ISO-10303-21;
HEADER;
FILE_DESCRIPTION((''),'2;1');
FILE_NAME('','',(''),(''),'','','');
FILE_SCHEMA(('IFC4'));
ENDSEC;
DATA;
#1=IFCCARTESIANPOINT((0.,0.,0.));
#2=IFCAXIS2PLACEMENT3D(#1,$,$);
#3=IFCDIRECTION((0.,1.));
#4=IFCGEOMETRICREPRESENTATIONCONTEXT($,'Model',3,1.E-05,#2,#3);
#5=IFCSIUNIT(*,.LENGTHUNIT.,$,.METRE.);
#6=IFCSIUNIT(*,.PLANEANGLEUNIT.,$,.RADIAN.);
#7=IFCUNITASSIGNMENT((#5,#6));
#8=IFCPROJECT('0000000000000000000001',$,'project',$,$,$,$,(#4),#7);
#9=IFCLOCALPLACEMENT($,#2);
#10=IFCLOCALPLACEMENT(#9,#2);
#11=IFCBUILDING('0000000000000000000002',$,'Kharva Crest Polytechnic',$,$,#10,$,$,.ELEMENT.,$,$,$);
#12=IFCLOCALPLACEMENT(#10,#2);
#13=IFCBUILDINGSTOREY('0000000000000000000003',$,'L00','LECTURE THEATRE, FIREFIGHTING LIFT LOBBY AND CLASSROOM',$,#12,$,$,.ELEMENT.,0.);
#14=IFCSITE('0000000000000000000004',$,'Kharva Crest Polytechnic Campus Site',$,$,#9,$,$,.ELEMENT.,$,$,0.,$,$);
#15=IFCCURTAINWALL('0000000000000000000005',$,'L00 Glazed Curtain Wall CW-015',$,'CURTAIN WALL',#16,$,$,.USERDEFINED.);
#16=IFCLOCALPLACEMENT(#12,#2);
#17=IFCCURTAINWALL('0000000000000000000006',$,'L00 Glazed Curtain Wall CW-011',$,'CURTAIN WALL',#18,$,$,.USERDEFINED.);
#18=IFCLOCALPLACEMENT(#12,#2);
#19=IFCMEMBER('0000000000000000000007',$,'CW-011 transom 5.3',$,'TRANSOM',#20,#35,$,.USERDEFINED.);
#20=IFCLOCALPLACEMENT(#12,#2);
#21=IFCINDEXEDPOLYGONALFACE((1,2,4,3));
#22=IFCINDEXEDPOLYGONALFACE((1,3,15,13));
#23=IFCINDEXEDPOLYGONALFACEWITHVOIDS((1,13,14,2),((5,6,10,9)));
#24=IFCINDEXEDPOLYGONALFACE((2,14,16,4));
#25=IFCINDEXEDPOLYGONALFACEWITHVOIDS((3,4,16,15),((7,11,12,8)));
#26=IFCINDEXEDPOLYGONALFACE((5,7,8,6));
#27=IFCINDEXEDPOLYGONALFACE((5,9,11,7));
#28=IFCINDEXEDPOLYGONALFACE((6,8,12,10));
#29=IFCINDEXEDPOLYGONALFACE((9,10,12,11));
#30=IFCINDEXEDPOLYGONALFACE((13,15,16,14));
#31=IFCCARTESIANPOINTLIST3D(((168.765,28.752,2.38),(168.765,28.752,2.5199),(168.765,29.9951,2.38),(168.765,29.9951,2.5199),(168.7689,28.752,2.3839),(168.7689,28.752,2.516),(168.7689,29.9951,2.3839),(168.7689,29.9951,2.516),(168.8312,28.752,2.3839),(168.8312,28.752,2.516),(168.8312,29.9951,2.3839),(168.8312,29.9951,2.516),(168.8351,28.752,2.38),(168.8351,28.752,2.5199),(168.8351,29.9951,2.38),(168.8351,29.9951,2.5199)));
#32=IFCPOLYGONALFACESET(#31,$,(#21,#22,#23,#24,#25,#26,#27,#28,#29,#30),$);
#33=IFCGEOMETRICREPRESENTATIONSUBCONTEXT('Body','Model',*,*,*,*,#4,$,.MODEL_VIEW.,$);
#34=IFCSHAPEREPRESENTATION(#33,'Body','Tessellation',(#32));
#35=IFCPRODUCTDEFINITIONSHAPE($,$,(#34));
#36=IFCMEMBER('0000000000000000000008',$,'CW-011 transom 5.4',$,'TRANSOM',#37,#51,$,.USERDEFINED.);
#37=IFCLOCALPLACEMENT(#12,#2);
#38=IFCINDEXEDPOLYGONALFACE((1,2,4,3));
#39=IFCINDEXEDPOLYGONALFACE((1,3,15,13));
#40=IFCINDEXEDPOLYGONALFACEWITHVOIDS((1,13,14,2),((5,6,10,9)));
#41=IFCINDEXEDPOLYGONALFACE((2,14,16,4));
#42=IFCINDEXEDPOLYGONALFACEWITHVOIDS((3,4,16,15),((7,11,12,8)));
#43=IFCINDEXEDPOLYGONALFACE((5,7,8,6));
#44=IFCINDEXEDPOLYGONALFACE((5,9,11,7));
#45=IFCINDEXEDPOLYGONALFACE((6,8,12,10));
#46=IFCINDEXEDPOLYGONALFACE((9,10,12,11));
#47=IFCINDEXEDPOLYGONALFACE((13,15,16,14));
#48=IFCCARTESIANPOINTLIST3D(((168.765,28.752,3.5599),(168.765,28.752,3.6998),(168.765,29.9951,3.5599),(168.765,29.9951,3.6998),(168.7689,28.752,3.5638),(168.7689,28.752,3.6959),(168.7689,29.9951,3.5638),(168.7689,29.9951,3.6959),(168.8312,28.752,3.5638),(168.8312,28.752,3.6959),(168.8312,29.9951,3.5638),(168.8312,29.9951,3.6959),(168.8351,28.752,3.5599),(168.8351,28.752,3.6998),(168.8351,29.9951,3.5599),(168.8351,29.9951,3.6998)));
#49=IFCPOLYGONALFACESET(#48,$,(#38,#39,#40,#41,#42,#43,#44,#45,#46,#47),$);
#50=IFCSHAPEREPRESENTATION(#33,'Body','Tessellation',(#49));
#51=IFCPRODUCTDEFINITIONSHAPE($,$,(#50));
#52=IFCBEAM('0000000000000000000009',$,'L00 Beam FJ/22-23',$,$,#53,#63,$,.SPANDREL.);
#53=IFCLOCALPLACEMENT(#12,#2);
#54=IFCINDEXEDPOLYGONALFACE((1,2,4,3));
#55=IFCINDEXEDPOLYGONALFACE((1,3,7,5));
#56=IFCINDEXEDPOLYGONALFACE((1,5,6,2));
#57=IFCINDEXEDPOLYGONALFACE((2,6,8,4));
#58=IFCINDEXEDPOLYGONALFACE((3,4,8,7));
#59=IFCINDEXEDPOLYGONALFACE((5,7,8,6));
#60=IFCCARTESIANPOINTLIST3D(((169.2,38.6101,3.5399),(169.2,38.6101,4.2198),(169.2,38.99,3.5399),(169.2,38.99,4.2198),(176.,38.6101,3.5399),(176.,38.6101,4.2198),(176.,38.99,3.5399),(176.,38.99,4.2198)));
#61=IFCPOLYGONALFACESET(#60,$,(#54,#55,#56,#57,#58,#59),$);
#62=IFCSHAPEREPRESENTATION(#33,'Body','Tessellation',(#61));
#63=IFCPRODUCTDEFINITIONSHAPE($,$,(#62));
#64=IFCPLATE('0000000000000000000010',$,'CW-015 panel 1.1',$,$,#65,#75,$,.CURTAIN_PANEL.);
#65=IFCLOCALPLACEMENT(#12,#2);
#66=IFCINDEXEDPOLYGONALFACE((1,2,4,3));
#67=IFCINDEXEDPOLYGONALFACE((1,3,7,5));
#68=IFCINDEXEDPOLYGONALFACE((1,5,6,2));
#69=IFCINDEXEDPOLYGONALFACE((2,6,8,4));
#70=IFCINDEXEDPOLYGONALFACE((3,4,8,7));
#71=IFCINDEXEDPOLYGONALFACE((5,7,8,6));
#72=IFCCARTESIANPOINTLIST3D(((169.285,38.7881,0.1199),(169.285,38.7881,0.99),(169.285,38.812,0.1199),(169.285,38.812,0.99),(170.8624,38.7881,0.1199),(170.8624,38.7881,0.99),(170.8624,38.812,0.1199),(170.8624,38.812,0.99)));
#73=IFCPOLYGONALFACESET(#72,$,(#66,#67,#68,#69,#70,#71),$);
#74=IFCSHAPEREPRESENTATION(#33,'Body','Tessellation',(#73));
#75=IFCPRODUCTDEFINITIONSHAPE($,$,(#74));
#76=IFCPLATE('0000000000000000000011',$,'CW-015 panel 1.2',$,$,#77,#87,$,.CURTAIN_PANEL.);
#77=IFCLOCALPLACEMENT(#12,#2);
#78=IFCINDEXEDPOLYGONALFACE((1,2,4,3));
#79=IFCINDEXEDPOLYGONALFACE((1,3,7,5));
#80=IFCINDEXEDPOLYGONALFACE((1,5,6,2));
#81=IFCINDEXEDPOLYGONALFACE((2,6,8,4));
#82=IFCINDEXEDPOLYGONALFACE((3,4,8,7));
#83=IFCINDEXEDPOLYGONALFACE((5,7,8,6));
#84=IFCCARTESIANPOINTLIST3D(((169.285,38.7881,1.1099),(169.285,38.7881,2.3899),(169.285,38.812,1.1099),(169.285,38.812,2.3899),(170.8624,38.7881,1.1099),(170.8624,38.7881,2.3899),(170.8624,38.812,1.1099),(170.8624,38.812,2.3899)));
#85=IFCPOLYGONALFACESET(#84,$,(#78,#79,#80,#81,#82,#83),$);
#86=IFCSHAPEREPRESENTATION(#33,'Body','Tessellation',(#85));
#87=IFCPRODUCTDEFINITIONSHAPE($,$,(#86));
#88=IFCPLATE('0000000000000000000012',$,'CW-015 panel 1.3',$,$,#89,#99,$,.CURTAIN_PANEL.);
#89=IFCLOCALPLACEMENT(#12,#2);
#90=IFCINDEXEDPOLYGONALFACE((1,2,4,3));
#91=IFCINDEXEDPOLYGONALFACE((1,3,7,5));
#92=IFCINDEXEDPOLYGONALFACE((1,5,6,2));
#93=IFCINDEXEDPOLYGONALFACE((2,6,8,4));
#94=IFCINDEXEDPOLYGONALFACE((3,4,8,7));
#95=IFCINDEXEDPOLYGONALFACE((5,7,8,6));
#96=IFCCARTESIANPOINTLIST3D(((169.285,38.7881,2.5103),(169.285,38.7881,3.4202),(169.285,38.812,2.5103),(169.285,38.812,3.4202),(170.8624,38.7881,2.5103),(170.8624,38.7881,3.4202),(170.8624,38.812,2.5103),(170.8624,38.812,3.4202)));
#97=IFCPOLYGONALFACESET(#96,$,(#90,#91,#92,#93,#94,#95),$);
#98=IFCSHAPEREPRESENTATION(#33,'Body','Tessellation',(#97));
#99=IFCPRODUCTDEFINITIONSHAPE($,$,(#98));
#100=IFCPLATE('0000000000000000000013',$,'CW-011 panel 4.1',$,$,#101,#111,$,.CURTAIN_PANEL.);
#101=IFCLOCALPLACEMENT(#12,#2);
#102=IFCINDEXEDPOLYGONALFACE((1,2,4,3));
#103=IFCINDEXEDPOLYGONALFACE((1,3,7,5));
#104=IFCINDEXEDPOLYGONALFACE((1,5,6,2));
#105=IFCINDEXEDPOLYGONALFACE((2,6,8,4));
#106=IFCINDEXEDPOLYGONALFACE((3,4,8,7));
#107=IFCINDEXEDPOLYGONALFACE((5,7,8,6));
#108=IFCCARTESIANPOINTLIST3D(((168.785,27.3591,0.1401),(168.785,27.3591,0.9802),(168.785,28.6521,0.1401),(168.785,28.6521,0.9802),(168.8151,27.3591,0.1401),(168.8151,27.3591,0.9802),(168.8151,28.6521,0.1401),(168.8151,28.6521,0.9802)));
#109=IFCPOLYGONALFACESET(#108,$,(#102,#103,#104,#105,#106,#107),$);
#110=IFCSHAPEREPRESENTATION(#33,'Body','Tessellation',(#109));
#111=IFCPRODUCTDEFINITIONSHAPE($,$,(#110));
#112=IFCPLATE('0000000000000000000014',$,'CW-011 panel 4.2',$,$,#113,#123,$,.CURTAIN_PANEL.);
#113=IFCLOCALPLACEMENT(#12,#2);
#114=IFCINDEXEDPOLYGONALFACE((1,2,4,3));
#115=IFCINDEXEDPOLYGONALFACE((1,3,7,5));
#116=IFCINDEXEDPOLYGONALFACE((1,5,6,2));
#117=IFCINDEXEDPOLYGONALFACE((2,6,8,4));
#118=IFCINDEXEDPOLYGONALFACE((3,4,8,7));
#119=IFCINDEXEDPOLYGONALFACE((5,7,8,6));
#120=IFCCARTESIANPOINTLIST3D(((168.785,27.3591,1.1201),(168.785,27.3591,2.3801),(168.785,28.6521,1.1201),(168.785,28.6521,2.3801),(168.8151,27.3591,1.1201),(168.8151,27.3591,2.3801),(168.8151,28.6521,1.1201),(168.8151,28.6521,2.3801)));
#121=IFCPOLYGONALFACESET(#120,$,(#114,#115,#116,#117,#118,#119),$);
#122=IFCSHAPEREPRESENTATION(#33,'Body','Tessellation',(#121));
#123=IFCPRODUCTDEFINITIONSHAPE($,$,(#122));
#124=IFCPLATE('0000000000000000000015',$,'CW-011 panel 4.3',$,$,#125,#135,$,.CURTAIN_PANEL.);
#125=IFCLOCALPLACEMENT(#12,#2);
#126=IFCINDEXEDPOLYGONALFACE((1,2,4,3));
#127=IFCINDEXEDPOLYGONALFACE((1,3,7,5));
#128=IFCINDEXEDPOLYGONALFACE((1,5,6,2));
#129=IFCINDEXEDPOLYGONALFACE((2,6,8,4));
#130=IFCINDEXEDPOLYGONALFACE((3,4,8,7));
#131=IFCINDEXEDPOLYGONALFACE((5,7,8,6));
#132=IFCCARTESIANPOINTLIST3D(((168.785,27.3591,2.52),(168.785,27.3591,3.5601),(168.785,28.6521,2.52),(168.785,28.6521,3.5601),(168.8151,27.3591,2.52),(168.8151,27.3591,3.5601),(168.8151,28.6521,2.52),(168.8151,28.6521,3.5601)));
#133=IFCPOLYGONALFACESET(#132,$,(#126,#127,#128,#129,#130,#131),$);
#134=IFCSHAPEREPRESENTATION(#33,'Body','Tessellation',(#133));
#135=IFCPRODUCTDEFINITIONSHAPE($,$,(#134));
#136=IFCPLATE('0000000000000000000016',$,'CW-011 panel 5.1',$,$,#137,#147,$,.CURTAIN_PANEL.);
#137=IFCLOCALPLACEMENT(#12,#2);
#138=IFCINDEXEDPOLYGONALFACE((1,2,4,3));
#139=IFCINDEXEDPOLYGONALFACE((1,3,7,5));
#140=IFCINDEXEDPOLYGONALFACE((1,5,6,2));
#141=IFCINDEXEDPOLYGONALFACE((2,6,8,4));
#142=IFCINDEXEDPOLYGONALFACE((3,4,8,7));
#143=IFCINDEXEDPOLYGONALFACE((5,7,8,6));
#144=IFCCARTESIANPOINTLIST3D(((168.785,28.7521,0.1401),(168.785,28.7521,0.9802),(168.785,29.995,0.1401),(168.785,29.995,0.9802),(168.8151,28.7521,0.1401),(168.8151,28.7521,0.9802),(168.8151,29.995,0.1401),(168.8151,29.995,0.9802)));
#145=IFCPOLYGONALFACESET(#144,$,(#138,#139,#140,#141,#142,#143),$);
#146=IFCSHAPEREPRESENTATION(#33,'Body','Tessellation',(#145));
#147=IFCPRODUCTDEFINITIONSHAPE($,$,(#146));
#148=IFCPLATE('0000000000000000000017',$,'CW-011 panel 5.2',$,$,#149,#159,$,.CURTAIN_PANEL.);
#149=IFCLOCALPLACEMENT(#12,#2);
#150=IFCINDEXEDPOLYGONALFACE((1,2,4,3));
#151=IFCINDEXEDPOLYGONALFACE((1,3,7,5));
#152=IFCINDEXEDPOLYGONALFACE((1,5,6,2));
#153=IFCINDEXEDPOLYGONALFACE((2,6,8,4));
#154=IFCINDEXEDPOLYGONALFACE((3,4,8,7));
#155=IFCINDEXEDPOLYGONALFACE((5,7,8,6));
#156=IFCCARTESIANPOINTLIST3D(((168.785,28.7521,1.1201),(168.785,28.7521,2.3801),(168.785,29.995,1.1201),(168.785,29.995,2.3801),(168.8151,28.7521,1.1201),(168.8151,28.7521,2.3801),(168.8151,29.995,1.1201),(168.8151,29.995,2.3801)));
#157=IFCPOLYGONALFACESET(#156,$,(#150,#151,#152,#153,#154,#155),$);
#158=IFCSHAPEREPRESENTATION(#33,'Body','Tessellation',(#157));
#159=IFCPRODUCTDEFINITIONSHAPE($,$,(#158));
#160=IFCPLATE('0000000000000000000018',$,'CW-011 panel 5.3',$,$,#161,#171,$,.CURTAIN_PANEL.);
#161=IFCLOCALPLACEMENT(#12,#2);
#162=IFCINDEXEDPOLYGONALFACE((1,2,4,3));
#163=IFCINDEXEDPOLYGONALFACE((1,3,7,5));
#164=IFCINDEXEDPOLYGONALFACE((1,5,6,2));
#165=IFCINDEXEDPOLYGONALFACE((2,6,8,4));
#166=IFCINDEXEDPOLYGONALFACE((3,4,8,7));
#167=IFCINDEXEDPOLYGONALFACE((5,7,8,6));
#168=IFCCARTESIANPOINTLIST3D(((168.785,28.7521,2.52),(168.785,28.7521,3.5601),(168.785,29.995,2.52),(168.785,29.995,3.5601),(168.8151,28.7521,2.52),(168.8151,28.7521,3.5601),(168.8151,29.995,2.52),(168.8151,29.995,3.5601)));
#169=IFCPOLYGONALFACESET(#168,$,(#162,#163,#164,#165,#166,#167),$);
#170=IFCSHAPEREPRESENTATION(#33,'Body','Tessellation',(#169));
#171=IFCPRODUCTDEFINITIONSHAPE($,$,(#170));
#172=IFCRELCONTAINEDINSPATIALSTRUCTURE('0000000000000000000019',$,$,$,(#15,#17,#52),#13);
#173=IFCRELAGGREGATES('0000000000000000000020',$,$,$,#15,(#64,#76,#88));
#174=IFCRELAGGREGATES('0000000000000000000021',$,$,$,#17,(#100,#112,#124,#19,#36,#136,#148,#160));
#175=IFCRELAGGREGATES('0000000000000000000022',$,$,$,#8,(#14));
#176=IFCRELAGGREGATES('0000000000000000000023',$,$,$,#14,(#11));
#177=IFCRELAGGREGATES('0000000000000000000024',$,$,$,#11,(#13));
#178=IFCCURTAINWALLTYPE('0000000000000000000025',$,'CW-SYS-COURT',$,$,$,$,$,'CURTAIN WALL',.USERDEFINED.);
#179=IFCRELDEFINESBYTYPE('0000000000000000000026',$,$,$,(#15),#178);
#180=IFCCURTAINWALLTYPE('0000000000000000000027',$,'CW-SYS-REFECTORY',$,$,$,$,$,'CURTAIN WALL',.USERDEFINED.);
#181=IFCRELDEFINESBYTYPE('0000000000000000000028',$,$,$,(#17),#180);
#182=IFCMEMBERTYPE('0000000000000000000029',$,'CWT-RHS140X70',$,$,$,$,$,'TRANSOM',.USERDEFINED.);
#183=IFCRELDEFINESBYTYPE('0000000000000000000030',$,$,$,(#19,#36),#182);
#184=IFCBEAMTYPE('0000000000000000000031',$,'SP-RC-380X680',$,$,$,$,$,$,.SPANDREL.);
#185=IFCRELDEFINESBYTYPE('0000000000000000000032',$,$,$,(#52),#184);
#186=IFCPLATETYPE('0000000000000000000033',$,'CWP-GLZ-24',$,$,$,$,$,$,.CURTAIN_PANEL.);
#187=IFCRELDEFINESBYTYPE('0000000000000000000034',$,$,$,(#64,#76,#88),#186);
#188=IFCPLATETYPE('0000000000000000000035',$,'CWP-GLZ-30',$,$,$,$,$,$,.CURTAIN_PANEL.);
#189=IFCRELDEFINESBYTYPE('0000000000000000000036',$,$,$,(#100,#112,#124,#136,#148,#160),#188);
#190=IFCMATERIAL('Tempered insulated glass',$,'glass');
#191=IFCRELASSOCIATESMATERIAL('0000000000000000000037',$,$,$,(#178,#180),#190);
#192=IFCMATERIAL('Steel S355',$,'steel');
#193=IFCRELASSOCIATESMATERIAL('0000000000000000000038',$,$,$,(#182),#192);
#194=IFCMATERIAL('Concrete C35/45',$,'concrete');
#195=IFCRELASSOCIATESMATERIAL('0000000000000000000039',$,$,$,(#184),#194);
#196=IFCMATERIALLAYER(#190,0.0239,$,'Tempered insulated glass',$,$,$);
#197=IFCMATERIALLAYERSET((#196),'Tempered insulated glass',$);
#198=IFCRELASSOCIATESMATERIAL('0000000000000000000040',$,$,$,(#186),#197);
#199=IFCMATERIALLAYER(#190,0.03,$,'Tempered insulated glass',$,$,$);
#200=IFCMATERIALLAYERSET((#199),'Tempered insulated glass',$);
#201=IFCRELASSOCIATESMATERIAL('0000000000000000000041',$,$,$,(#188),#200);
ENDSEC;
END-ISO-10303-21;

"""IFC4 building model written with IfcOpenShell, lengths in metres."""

from ifc_helpers import new_model, si_unit, direction, frame, origin, origin_2d, place, context, subcontext, project, spatial, rectangle, hollow_rectangle, extrude, material, layer, layer_set, material_profile, profile_set, type_object, element, aggregate, save


model = new_model("IFC4")

# Units and contexts
model_context = context("Model", 3, precision=1e-05, world=origin(), true_north=direction((0.0, 1.0)))
body_context = subcontext(model_context, "Body", "Model", "MODEL_VIEW")
ifc_project = project(units=[si_unit("LENGTHUNIT", "METRE"), si_unit("PLANEANGLEUNIT", "RADIAN")], contexts=[model_context])

# Site, building, storey
site_placement = place(None, origin())
site = spatial("IfcSite", under=ifc_project, at=site_placement, Name="Kharva Crest Polytechnic Campus Site", CompositionType="ELEMENT", RefElevation=0.0)
building_placement = place(site_placement, origin())
building = spatial("IfcBuilding", under=site, at=building_placement, Name="Kharva Crest Polytechnic", CompositionType="ELEMENT")
storey_placement = place(building_placement, origin())
storey = spatial("IfcBuildingStorey", under=building, at=storey_placement, Name="L00", Description="LECTURE THEATRE, FIREFIGHTING LIFT LOBBY AND CLASSROOM", CompositionType="ELEMENT", Elevation=0.0)

# Shared definitions
ifc_material_1 = material(Name="Concrete C35/45", Category="concrete")

# Curtain walls
ifc_material_2 = material(Name="Tempered insulated glass", Category="glass")
curtain_wall_type_1 = type_object("IfcCurtainWallType", Name="CW-SYS-COURT", ElementType="CURTAIN WALL", PredefinedType="USERDEFINED", material=ifc_material_2)
curtain_wall_1_placement = place(storey_placement, origin())
curtain_wall_1 = element("IfcCurtainWall", 1, at=curtain_wall_1_placement, inside=storey, type_object=curtain_wall_type_1, Name="L00 Glazed Curtain Wall CW-015", ObjectType="CURTAIN WALL", PredefinedType="USERDEFINED")
ifc_material_3 = material(Name="Steel S355", Category="steel")
curtain_wall_type_2 = type_object("IfcCurtainWallType", Name="CW-SYS-REFECTORY", ElementType="CURTAIN WALL", PredefinedType="USERDEFINED", material=ifc_material_2)
curtain_wall_2_placement = place(storey_placement, origin())
curtain_wall_2 = element("IfcCurtainWall", 2, at=curtain_wall_2_placement, inside=storey, type_object=curtain_wall_type_2, Name="L00 Glazed Curtain Wall CW-011", ObjectType="CURTAIN WALL", PredefinedType="USERDEFINED")

# Members
ifc_material_profile_1 = material_profile(ifc_material_3, hollow_rectangle(XDim=0.0701, YDim=0.1399, WallThickness=0.0039, at=origin_2d()), Name="RHS 140X70X4.0")
ifc_profile_set_1 = profile_set([ifc_material_profile_1], Name="Steel S355")
member_type_1 = type_object("IfcMemberType", Name="CWT-RHS140X70", ElementType="TRANSOM", PredefinedType="USERDEFINED", material=ifc_profile_set_1)
member_1_placement = place(storey_placement, frame((168.8, 28.752, 2.45), z_axis=(0.0, 1.0, 0.0), x_axis=(-1.0, 0.0, 0.0)))
member_1 = element("IfcMember", 3, at=member_1_placement, type_object=member_type_1, Name="CW-011 transom 5.3", ObjectType="TRANSOM", PredefinedType="USERDEFINED", context=body_context, shape_type="SweptSolid", body=[
    extrude(hollow_rectangle(XDim=0.0701, YDim=0.1399, WallThickness=0.0039, at=origin_2d()), origin(), (0.0, 0.0, 1.0), 1.2432),
])
member_2_placement = place(storey_placement, frame((168.8, 28.752, 3.6299), z_axis=(0.0, 1.0, 0.0), x_axis=(-1.0, 0.0, 0.0)))
member_2 = element("IfcMember", 4, at=member_2_placement, type_object=member_type_1, Name="CW-011 transom 5.4", ObjectType="TRANSOM", PredefinedType="USERDEFINED", context=body_context, shape_type="SweptSolid", body=[
    extrude(hollow_rectangle(XDim=0.0701, YDim=0.1399, WallThickness=0.0039, at=origin_2d()), origin(), (0.0, 0.0, 1.0), 1.2432),
])

# Beam
ifc_material_profile_2 = material_profile(ifc_material_1, rectangle(XDim=0.3799, YDim=0.6799, at=origin_2d()), Name="RECT 380 X 680")
ifc_profile_set_2 = profile_set([ifc_material_profile_2], Name="Concrete C35/45")
beam_type = type_object("IfcBeamType", Name="SP-RC-380X680", PredefinedType="SPANDREL", material=ifc_profile_set_2)
beam_placement = place(storey_placement, frame((169.2, 38.8, 3.8799), z_axis=(1.0, 0.0, 0.0), x_axis=(0.0, 1.0, 0.0)))
element("IfcBeam", 5, at=beam_placement, inside=storey, type_object=beam_type, Name="L00 Beam FJ/22-23", PredefinedType="SPANDREL", context=body_context, shape_type="SweptSolid", body=[
    extrude(rectangle(XDim=0.3799, YDim=0.6799, at=origin_2d()), origin(), (0.0, 0.0, 1.0), 6.8),
])

# Plates
ifc_layer_1 = layer(ifc_material_2, 0.0239, Name="Tempered insulated glass")
ifc_layer_set_1 = layer_set([ifc_layer_1], Name="Tempered insulated glass")
plate_type_1 = type_object("IfcPlateType", Name="CWP-GLZ-24", PredefinedType="CURTAIN_PANEL", material=ifc_layer_set_1)
plate_1_placement = place(storey_placement, frame((170.0737, 38.8, 0.1199), z_axis=(0.0, 0.0, 1.0), x_axis=(1.0, 0.0, 0.0)))
plate_1 = element("IfcPlate", 6, at=plate_1_placement, type_object=plate_type_1, Name="CW-015 panel 1.1", PredefinedType="CURTAIN_PANEL", context=body_context, shape_type="SweptSolid", body=[
    extrude(rectangle(XDim=1.5774, YDim=0.0239, at=origin_2d()), origin(), (0.0, 0.0, 1.0), 0.8701),
])
plate_2_placement = place(storey_placement, frame((170.0737, 38.8, 1.1099), z_axis=(0.0, 0.0, 1.0), x_axis=(1.0, 0.0, 0.0)))
plate_2 = element("IfcPlate", 7, at=plate_2_placement, type_object=plate_type_1, Name="CW-015 panel 1.2", PredefinedType="CURTAIN_PANEL", context=body_context, shape_type="SweptSolid", body=[
    extrude(rectangle(XDim=1.5774, YDim=0.0239, at=origin_2d()), origin(), (0.0, 0.0, 1.0), 1.28),
])
plate_3_placement = place(storey_placement, frame((170.0737, 38.8, 2.5103), z_axis=(0.0, 0.0, 1.0), x_axis=(1.0, 0.0, 0.0)))
plate_3 = element("IfcPlate", 8, at=plate_3_placement, type_object=plate_type_1, Name="CW-015 panel 1.3", PredefinedType="CURTAIN_PANEL", context=body_context, shape_type="SweptSolid", body=[
    extrude(rectangle(XDim=1.5774, YDim=0.0239, at=origin_2d()), origin(), (0.0, 0.0, 1.0), 0.9099),
])
aggregate(curtain_wall_1, [plate_1, plate_2, plate_3])
ifc_layer_2 = layer(ifc_material_2, 0.03, Name="Tempered insulated glass")
ifc_layer_set_2 = layer_set([ifc_layer_2], Name="Tempered insulated glass")
plate_type_2 = type_object("IfcPlateType", Name="CWP-GLZ-30", PredefinedType="CURTAIN_PANEL", material=ifc_layer_set_2)
plate_4_placement = place(storey_placement, frame((168.8, 28.0056, 0.1401), z_axis=(0.0, 0.0, 1.0), x_axis=(0.0, 1.0, 0.0)))
plate_4 = element("IfcPlate", 9, at=plate_4_placement, type_object=plate_type_2, Name="CW-011 panel 4.1", PredefinedType="CURTAIN_PANEL", context=body_context, shape_type="SweptSolid", body=[
    extrude(rectangle(XDim=1.293, YDim=0.03, at=origin_2d()), origin(), (0.0, 0.0, 1.0), 0.8401),
])
plate_5_placement = place(storey_placement, frame((168.8, 28.0056, 1.1201), z_axis=(0.0, 0.0, 1.0), x_axis=(0.0, 1.0, 0.0)))
plate_5 = element("IfcPlate", 10, at=plate_5_placement, type_object=plate_type_2, Name="CW-011 panel 4.2", PredefinedType="CURTAIN_PANEL", context=body_context, shape_type="SweptSolid", body=[
    extrude(rectangle(XDim=1.293, YDim=0.03, at=origin_2d()), origin(), (0.0, 0.0, 1.0), 1.26),
])
plate_6_placement = place(storey_placement, frame((168.8, 28.0056, 2.52), z_axis=(0.0, 0.0, 1.0), x_axis=(0.0, 1.0, 0.0)))
plate_6 = element("IfcPlate", 11, at=plate_6_placement, type_object=plate_type_2, Name="CW-011 panel 4.3", PredefinedType="CURTAIN_PANEL", context=body_context, shape_type="SweptSolid", body=[
    extrude(rectangle(XDim=1.293, YDim=0.03, at=origin_2d()), origin(), (0.0, 0.0, 1.0), 1.04),
])
plate_7_placement = place(storey_placement, frame((168.8, 29.3735, 0.1401), z_axis=(0.0, 0.0, 1.0), x_axis=(0.0, 1.0, 0.0)))
plate_7 = element("IfcPlate", 12, at=plate_7_placement, type_object=plate_type_2, Name="CW-011 panel 5.1", PredefinedType="CURTAIN_PANEL", context=body_context, shape_type="SweptSolid", body=[
    extrude(rectangle(XDim=1.2429, YDim=0.03, at=origin_2d()), origin(), (0.0, 0.0, 1.0), 0.8401),
])
plate_8_placement = place(storey_placement, frame((168.8, 29.3735, 1.1201), z_axis=(0.0, 0.0, 1.0), x_axis=(0.0, 1.0, 0.0)))
plate_8 = element("IfcPlate", 13, at=plate_8_placement, type_object=plate_type_2, Name="CW-011 panel 5.2", PredefinedType="CURTAIN_PANEL", context=body_context, shape_type="SweptSolid", body=[
    extrude(rectangle(XDim=1.2429, YDim=0.03, at=origin_2d()), origin(), (0.0, 0.0, 1.0), 1.26),
])
plate_9_placement = place(storey_placement, frame((168.8, 29.3735, 2.52), z_axis=(0.0, 0.0, 1.0), x_axis=(0.0, 1.0, 0.0)))
plate_9 = element("IfcPlate", 14, at=plate_9_placement, type_object=plate_type_2, Name="CW-011 panel 5.3", PredefinedType="CURTAIN_PANEL", context=body_context, shape_type="SweptSolid", body=[
    extrude(rectangle(XDim=1.2429, YDim=0.03, at=origin_2d()), origin(), (0.0, 0.0, 1.0), 1.04),
])
aggregate(curtain_wall_2, [plate_4, plate_5, plate_6, member_1, member_2, plate_7, plate_8, plate_9])

save(model, "model.ifc")
